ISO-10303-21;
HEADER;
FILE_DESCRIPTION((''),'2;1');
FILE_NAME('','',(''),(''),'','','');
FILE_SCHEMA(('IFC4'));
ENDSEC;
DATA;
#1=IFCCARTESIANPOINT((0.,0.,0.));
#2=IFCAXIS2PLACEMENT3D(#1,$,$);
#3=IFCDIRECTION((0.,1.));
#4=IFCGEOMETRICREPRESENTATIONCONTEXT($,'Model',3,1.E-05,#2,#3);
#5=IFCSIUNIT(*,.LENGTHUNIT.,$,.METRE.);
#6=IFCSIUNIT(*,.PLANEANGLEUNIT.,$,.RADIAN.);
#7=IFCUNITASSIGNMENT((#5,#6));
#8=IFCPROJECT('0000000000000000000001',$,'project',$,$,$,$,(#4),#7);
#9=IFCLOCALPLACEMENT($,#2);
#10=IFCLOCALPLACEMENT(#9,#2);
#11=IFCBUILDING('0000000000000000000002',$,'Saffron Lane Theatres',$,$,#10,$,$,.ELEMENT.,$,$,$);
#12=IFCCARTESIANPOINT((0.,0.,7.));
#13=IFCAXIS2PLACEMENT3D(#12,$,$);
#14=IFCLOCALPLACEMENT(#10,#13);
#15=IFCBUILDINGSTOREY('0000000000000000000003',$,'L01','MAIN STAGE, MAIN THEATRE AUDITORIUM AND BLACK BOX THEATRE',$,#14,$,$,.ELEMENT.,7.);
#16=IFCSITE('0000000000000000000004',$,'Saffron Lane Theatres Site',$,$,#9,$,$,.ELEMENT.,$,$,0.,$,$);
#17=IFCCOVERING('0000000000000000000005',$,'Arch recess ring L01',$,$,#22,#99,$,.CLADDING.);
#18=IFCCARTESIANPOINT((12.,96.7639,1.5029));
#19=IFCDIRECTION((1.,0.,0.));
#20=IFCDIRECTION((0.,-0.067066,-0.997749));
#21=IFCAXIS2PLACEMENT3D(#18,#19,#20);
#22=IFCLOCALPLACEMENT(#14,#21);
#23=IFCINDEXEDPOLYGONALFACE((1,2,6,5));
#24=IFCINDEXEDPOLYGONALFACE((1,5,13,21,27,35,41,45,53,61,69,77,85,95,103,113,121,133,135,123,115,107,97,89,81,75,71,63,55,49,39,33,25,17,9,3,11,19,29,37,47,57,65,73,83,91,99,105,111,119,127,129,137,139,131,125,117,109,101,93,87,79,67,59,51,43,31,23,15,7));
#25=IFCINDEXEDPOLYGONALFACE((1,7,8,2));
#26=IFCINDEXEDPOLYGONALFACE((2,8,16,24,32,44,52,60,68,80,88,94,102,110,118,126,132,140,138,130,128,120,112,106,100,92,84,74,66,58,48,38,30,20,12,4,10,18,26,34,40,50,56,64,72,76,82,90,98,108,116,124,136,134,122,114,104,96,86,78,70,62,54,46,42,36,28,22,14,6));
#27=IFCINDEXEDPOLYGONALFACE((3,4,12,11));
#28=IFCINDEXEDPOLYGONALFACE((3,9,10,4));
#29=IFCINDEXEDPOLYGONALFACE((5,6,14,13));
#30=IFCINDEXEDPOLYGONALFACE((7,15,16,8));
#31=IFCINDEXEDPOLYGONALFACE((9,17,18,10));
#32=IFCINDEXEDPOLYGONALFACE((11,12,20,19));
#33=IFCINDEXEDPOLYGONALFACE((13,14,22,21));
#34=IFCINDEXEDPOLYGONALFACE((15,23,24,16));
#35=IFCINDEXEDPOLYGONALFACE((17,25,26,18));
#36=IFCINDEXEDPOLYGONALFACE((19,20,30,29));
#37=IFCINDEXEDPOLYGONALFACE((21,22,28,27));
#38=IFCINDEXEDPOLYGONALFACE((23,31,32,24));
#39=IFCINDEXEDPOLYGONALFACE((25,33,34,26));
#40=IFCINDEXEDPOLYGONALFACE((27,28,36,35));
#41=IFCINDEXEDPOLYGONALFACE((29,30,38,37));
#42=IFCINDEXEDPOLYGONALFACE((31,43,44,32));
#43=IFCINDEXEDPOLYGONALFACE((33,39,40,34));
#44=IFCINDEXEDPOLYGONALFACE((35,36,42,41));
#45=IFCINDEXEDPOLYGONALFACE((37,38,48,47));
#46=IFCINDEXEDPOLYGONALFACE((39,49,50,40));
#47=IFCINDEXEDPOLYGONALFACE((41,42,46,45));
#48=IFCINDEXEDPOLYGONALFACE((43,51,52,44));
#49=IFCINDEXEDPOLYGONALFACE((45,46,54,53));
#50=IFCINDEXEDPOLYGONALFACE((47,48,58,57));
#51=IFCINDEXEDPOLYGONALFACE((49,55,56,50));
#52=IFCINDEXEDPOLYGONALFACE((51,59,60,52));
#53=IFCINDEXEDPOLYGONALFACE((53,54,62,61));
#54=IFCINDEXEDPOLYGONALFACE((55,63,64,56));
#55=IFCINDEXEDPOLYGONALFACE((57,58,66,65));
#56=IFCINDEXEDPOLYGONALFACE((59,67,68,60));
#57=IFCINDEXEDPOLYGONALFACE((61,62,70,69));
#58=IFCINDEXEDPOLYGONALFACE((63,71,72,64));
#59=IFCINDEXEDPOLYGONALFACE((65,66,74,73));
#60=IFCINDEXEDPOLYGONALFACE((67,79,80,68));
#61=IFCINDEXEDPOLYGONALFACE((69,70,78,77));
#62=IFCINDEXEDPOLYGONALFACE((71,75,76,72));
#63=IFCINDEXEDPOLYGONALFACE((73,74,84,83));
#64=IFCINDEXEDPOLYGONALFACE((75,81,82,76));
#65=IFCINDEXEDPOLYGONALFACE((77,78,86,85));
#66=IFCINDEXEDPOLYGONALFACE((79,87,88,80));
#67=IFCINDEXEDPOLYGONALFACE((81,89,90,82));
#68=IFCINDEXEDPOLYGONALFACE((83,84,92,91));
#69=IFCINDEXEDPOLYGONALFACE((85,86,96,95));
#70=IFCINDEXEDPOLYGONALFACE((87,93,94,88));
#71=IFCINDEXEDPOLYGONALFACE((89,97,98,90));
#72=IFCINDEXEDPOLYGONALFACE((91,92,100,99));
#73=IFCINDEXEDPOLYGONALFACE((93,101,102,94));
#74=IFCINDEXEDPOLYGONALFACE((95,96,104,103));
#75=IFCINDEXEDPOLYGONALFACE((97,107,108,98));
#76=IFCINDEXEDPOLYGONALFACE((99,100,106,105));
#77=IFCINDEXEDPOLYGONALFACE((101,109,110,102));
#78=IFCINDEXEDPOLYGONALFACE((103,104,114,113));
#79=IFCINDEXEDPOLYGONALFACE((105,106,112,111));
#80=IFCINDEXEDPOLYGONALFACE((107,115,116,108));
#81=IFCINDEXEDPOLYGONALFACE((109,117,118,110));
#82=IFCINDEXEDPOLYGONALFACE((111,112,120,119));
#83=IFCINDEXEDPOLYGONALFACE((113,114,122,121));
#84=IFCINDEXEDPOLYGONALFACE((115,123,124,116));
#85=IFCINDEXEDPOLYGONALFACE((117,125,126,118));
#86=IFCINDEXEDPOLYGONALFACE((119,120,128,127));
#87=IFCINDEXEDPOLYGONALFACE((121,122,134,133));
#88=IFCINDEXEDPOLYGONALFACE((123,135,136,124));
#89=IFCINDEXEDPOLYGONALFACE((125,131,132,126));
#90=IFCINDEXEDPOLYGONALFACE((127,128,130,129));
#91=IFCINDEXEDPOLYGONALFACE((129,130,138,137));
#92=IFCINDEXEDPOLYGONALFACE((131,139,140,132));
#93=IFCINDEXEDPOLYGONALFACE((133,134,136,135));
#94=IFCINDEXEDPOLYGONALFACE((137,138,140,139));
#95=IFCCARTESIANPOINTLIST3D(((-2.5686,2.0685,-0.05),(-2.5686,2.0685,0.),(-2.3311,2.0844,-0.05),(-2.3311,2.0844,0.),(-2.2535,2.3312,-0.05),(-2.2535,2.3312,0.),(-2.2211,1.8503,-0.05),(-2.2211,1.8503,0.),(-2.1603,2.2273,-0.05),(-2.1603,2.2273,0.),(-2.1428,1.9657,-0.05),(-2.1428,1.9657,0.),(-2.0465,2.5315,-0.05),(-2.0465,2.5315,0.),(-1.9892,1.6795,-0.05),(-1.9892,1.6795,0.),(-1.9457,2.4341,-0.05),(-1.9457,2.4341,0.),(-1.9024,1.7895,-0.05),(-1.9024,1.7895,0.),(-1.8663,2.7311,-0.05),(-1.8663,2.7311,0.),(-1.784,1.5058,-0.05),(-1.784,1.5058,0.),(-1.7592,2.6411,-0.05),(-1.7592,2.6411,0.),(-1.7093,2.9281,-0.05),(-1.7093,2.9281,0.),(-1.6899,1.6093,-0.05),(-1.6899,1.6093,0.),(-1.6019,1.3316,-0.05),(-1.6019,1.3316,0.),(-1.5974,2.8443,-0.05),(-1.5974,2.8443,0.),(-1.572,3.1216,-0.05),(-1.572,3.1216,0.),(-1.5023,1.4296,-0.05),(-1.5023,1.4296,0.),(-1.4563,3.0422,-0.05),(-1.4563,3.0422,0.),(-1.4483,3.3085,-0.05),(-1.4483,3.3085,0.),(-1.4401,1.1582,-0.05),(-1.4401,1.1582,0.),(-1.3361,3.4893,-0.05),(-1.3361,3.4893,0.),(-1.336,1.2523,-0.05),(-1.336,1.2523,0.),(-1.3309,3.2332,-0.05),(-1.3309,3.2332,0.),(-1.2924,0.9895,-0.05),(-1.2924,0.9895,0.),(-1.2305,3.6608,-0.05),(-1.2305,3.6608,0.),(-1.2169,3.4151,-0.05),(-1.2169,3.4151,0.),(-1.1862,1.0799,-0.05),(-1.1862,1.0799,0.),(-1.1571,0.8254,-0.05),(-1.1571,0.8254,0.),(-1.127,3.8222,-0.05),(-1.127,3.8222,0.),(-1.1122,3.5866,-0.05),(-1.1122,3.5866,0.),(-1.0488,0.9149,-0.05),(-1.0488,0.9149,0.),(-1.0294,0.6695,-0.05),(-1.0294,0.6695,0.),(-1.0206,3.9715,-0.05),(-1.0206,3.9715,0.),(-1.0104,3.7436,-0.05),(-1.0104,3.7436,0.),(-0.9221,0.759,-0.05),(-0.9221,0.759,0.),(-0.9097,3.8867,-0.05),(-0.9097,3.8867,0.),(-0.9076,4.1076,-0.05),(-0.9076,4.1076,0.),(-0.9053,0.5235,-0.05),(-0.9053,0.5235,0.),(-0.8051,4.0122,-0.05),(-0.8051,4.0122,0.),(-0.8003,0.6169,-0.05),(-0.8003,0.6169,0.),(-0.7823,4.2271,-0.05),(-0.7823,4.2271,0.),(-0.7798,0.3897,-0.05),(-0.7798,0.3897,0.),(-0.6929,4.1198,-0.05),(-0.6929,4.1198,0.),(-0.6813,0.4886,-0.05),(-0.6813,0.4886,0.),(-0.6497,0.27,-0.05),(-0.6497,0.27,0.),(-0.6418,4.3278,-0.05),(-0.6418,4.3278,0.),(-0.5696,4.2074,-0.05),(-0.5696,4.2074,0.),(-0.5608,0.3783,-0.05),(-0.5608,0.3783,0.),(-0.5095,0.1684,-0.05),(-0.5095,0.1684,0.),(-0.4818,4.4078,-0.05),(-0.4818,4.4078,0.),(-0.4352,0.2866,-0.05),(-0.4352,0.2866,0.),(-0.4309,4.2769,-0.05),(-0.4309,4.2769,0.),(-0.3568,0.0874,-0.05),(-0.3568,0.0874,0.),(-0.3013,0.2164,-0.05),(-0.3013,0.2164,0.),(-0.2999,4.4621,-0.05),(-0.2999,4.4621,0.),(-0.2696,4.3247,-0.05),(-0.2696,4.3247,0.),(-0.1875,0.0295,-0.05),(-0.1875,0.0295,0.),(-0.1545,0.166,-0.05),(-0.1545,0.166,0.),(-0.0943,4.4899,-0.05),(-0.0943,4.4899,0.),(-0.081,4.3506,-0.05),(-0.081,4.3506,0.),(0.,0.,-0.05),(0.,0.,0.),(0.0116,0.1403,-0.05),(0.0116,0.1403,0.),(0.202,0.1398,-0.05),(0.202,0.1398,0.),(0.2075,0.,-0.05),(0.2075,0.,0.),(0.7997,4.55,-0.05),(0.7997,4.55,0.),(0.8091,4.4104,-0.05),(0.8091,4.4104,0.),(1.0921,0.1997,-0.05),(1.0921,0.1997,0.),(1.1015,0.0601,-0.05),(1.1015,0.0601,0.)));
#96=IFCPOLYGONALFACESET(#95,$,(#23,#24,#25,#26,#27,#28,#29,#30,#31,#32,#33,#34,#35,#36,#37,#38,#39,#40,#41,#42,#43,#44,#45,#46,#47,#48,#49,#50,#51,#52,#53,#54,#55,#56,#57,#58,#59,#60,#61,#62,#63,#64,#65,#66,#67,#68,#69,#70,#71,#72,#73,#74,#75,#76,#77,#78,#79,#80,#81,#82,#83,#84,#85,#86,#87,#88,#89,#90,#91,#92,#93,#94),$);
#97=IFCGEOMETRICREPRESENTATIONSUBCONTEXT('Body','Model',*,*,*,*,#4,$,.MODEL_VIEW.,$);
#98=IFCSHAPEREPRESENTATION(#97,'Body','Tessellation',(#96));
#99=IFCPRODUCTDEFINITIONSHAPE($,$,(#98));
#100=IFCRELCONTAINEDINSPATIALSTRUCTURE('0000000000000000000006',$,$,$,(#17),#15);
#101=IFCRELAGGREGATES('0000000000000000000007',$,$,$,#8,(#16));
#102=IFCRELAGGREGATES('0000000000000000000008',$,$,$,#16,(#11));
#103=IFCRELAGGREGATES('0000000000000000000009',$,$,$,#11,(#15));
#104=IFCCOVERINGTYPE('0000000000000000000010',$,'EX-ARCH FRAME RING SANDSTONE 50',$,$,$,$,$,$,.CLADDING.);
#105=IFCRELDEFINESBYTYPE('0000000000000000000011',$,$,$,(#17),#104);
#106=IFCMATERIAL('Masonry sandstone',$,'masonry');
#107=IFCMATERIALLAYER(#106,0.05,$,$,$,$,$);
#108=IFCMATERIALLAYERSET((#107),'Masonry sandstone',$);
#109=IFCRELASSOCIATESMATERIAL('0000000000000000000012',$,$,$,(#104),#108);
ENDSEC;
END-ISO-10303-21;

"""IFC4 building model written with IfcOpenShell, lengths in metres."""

from ifc_helpers import new_model, si_unit, direction, frame, origin, place, context, subcontext, project, spatial, polyline, outline, extrude, material, layer, layer_set, type_object, element, save


model = new_model("IFC4")

# Units and contexts
model_context = context("Model", 3, precision=1e-05, world=origin(), true_north=direction((0.0, 1.0)))
body_context = subcontext(model_context, "Body", "Model", "MODEL_VIEW")
ifc_project = project(units=[si_unit("LENGTHUNIT", "METRE"), si_unit("PLANEANGLEUNIT", "RADIAN")], contexts=[model_context])

# Site, building, storey
site_placement = place(None, origin())
site = spatial("IfcSite", under=ifc_project, at=site_placement, Name="Saffron Lane Theatres Site", CompositionType="ELEMENT", RefElevation=0.0)
building_placement = place(site_placement, origin())
building = spatial("IfcBuilding", under=site, at=building_placement, Name="Saffron Lane Theatres", CompositionType="ELEMENT")
storey_placement = place(building_placement, frame((0.0, 0.0, 7.0)))
storey = spatial("IfcBuildingStorey", under=building, at=storey_placement, Name="L01", Description="MAIN STAGE, MAIN THEATRE AUDITORIUM AND BLACK BOX THEATRE", CompositionType="ELEMENT", Elevation=7.0)

# Covering
ifc_material_1 = material(Name="Masonry sandstone", Category="masonry")
ifc_layer_1 = layer(ifc_material_1, 0.05)
ifc_layer_set_1 = layer_set([ifc_layer_1], Name="Masonry sandstone")
covering_type = type_object("IfcCoveringType", Name="EX-ARCH FRAME RING SANDSTONE 50", PredefinedType="CLADDING", material=ifc_layer_set_1)
covering_1_placement = place(storey_placement, frame((12.0, 96.7639, 1.5029), z_axis=(1.0, 0.0, 0.0), x_axis=(0.0, -0.067066, -0.997749)))
element("IfcCovering", 1, at=covering_1_placement, inside=storey, type_object=covering_type, Name="Arch recess ring L01", PredefinedType="CLADDING", context=body_context, shape_type="SweptSolid", body=[
    extrude(outline(polyline([(0.0, 0.0), (0.2075, 0.0), (1.1015, 0.0601), (1.0921, 0.1997), (0.202, 0.1398), (0.0116, 0.1403), (-0.1545, 0.166), (-0.3013, 0.2164), (-0.4352, 0.2866), (-0.5608, 0.3783), (-0.6813, 0.4886), (-0.8003, 0.6169), (-0.9221, 0.759), (-1.0488, 0.9149), (-1.1862, 1.0799), (-1.336, 1.2523), (-1.5023, 1.4296), (-1.6899, 1.6093), (-1.9024, 1.7895), (-2.1428, 1.9657), (-2.3311, 2.0844), (-2.1603, 2.2273), (-1.9457, 2.4341), (-1.7592, 2.6411), (-1.5974, 2.8443), (-1.4563, 3.0422), (-1.3309, 3.2332), (-1.2169, 3.4151), (-1.1122, 3.5866), (-1.0104, 3.7436), (-0.9097, 3.8867), (-0.8051, 4.0122), (-0.6929, 4.1198), (-0.5696, 4.2074), (-0.4309, 4.2769), (-0.2696, 4.3247), (-0.081, 4.3506), (0.8091, 4.4104), (0.7997, 4.55), (-0.0943, 4.4899), (-0.2999, 4.4621), (-0.4818, 4.4078), (-0.6418, 4.3278), (-0.7823, 4.2271), (-0.9076, 4.1076), (-1.0206, 3.9715), (-1.127, 3.8222), (-1.2305, 3.6608), (-1.3361, 3.4893), (-1.4483, 3.3085), (-1.572, 3.1216), (-1.7093, 2.9281), (-1.8663, 2.7311), (-2.0465, 2.5315), (-2.2535, 2.3312), (-2.5686, 2.0685), (-2.2211, 1.8503), (-1.9892, 1.6795), (-1.784, 1.5058), (-1.6019, 1.3316), (-1.4401, 1.1582), (-1.2924, 0.9895), (-1.1571, 0.8254), (-1.0294, 0.6695), (-0.9053, 0.5235), (-0.7798, 0.3897), (-0.6497, 0.27), (-0.5095, 0.1684), (-0.3568, 0.0874), (-0.1875, 0.0295), (0.0, 0.0)])), origin(), (0.0, 0.0, -1.0), 0.05),
])

save(model, "model.ifc")
